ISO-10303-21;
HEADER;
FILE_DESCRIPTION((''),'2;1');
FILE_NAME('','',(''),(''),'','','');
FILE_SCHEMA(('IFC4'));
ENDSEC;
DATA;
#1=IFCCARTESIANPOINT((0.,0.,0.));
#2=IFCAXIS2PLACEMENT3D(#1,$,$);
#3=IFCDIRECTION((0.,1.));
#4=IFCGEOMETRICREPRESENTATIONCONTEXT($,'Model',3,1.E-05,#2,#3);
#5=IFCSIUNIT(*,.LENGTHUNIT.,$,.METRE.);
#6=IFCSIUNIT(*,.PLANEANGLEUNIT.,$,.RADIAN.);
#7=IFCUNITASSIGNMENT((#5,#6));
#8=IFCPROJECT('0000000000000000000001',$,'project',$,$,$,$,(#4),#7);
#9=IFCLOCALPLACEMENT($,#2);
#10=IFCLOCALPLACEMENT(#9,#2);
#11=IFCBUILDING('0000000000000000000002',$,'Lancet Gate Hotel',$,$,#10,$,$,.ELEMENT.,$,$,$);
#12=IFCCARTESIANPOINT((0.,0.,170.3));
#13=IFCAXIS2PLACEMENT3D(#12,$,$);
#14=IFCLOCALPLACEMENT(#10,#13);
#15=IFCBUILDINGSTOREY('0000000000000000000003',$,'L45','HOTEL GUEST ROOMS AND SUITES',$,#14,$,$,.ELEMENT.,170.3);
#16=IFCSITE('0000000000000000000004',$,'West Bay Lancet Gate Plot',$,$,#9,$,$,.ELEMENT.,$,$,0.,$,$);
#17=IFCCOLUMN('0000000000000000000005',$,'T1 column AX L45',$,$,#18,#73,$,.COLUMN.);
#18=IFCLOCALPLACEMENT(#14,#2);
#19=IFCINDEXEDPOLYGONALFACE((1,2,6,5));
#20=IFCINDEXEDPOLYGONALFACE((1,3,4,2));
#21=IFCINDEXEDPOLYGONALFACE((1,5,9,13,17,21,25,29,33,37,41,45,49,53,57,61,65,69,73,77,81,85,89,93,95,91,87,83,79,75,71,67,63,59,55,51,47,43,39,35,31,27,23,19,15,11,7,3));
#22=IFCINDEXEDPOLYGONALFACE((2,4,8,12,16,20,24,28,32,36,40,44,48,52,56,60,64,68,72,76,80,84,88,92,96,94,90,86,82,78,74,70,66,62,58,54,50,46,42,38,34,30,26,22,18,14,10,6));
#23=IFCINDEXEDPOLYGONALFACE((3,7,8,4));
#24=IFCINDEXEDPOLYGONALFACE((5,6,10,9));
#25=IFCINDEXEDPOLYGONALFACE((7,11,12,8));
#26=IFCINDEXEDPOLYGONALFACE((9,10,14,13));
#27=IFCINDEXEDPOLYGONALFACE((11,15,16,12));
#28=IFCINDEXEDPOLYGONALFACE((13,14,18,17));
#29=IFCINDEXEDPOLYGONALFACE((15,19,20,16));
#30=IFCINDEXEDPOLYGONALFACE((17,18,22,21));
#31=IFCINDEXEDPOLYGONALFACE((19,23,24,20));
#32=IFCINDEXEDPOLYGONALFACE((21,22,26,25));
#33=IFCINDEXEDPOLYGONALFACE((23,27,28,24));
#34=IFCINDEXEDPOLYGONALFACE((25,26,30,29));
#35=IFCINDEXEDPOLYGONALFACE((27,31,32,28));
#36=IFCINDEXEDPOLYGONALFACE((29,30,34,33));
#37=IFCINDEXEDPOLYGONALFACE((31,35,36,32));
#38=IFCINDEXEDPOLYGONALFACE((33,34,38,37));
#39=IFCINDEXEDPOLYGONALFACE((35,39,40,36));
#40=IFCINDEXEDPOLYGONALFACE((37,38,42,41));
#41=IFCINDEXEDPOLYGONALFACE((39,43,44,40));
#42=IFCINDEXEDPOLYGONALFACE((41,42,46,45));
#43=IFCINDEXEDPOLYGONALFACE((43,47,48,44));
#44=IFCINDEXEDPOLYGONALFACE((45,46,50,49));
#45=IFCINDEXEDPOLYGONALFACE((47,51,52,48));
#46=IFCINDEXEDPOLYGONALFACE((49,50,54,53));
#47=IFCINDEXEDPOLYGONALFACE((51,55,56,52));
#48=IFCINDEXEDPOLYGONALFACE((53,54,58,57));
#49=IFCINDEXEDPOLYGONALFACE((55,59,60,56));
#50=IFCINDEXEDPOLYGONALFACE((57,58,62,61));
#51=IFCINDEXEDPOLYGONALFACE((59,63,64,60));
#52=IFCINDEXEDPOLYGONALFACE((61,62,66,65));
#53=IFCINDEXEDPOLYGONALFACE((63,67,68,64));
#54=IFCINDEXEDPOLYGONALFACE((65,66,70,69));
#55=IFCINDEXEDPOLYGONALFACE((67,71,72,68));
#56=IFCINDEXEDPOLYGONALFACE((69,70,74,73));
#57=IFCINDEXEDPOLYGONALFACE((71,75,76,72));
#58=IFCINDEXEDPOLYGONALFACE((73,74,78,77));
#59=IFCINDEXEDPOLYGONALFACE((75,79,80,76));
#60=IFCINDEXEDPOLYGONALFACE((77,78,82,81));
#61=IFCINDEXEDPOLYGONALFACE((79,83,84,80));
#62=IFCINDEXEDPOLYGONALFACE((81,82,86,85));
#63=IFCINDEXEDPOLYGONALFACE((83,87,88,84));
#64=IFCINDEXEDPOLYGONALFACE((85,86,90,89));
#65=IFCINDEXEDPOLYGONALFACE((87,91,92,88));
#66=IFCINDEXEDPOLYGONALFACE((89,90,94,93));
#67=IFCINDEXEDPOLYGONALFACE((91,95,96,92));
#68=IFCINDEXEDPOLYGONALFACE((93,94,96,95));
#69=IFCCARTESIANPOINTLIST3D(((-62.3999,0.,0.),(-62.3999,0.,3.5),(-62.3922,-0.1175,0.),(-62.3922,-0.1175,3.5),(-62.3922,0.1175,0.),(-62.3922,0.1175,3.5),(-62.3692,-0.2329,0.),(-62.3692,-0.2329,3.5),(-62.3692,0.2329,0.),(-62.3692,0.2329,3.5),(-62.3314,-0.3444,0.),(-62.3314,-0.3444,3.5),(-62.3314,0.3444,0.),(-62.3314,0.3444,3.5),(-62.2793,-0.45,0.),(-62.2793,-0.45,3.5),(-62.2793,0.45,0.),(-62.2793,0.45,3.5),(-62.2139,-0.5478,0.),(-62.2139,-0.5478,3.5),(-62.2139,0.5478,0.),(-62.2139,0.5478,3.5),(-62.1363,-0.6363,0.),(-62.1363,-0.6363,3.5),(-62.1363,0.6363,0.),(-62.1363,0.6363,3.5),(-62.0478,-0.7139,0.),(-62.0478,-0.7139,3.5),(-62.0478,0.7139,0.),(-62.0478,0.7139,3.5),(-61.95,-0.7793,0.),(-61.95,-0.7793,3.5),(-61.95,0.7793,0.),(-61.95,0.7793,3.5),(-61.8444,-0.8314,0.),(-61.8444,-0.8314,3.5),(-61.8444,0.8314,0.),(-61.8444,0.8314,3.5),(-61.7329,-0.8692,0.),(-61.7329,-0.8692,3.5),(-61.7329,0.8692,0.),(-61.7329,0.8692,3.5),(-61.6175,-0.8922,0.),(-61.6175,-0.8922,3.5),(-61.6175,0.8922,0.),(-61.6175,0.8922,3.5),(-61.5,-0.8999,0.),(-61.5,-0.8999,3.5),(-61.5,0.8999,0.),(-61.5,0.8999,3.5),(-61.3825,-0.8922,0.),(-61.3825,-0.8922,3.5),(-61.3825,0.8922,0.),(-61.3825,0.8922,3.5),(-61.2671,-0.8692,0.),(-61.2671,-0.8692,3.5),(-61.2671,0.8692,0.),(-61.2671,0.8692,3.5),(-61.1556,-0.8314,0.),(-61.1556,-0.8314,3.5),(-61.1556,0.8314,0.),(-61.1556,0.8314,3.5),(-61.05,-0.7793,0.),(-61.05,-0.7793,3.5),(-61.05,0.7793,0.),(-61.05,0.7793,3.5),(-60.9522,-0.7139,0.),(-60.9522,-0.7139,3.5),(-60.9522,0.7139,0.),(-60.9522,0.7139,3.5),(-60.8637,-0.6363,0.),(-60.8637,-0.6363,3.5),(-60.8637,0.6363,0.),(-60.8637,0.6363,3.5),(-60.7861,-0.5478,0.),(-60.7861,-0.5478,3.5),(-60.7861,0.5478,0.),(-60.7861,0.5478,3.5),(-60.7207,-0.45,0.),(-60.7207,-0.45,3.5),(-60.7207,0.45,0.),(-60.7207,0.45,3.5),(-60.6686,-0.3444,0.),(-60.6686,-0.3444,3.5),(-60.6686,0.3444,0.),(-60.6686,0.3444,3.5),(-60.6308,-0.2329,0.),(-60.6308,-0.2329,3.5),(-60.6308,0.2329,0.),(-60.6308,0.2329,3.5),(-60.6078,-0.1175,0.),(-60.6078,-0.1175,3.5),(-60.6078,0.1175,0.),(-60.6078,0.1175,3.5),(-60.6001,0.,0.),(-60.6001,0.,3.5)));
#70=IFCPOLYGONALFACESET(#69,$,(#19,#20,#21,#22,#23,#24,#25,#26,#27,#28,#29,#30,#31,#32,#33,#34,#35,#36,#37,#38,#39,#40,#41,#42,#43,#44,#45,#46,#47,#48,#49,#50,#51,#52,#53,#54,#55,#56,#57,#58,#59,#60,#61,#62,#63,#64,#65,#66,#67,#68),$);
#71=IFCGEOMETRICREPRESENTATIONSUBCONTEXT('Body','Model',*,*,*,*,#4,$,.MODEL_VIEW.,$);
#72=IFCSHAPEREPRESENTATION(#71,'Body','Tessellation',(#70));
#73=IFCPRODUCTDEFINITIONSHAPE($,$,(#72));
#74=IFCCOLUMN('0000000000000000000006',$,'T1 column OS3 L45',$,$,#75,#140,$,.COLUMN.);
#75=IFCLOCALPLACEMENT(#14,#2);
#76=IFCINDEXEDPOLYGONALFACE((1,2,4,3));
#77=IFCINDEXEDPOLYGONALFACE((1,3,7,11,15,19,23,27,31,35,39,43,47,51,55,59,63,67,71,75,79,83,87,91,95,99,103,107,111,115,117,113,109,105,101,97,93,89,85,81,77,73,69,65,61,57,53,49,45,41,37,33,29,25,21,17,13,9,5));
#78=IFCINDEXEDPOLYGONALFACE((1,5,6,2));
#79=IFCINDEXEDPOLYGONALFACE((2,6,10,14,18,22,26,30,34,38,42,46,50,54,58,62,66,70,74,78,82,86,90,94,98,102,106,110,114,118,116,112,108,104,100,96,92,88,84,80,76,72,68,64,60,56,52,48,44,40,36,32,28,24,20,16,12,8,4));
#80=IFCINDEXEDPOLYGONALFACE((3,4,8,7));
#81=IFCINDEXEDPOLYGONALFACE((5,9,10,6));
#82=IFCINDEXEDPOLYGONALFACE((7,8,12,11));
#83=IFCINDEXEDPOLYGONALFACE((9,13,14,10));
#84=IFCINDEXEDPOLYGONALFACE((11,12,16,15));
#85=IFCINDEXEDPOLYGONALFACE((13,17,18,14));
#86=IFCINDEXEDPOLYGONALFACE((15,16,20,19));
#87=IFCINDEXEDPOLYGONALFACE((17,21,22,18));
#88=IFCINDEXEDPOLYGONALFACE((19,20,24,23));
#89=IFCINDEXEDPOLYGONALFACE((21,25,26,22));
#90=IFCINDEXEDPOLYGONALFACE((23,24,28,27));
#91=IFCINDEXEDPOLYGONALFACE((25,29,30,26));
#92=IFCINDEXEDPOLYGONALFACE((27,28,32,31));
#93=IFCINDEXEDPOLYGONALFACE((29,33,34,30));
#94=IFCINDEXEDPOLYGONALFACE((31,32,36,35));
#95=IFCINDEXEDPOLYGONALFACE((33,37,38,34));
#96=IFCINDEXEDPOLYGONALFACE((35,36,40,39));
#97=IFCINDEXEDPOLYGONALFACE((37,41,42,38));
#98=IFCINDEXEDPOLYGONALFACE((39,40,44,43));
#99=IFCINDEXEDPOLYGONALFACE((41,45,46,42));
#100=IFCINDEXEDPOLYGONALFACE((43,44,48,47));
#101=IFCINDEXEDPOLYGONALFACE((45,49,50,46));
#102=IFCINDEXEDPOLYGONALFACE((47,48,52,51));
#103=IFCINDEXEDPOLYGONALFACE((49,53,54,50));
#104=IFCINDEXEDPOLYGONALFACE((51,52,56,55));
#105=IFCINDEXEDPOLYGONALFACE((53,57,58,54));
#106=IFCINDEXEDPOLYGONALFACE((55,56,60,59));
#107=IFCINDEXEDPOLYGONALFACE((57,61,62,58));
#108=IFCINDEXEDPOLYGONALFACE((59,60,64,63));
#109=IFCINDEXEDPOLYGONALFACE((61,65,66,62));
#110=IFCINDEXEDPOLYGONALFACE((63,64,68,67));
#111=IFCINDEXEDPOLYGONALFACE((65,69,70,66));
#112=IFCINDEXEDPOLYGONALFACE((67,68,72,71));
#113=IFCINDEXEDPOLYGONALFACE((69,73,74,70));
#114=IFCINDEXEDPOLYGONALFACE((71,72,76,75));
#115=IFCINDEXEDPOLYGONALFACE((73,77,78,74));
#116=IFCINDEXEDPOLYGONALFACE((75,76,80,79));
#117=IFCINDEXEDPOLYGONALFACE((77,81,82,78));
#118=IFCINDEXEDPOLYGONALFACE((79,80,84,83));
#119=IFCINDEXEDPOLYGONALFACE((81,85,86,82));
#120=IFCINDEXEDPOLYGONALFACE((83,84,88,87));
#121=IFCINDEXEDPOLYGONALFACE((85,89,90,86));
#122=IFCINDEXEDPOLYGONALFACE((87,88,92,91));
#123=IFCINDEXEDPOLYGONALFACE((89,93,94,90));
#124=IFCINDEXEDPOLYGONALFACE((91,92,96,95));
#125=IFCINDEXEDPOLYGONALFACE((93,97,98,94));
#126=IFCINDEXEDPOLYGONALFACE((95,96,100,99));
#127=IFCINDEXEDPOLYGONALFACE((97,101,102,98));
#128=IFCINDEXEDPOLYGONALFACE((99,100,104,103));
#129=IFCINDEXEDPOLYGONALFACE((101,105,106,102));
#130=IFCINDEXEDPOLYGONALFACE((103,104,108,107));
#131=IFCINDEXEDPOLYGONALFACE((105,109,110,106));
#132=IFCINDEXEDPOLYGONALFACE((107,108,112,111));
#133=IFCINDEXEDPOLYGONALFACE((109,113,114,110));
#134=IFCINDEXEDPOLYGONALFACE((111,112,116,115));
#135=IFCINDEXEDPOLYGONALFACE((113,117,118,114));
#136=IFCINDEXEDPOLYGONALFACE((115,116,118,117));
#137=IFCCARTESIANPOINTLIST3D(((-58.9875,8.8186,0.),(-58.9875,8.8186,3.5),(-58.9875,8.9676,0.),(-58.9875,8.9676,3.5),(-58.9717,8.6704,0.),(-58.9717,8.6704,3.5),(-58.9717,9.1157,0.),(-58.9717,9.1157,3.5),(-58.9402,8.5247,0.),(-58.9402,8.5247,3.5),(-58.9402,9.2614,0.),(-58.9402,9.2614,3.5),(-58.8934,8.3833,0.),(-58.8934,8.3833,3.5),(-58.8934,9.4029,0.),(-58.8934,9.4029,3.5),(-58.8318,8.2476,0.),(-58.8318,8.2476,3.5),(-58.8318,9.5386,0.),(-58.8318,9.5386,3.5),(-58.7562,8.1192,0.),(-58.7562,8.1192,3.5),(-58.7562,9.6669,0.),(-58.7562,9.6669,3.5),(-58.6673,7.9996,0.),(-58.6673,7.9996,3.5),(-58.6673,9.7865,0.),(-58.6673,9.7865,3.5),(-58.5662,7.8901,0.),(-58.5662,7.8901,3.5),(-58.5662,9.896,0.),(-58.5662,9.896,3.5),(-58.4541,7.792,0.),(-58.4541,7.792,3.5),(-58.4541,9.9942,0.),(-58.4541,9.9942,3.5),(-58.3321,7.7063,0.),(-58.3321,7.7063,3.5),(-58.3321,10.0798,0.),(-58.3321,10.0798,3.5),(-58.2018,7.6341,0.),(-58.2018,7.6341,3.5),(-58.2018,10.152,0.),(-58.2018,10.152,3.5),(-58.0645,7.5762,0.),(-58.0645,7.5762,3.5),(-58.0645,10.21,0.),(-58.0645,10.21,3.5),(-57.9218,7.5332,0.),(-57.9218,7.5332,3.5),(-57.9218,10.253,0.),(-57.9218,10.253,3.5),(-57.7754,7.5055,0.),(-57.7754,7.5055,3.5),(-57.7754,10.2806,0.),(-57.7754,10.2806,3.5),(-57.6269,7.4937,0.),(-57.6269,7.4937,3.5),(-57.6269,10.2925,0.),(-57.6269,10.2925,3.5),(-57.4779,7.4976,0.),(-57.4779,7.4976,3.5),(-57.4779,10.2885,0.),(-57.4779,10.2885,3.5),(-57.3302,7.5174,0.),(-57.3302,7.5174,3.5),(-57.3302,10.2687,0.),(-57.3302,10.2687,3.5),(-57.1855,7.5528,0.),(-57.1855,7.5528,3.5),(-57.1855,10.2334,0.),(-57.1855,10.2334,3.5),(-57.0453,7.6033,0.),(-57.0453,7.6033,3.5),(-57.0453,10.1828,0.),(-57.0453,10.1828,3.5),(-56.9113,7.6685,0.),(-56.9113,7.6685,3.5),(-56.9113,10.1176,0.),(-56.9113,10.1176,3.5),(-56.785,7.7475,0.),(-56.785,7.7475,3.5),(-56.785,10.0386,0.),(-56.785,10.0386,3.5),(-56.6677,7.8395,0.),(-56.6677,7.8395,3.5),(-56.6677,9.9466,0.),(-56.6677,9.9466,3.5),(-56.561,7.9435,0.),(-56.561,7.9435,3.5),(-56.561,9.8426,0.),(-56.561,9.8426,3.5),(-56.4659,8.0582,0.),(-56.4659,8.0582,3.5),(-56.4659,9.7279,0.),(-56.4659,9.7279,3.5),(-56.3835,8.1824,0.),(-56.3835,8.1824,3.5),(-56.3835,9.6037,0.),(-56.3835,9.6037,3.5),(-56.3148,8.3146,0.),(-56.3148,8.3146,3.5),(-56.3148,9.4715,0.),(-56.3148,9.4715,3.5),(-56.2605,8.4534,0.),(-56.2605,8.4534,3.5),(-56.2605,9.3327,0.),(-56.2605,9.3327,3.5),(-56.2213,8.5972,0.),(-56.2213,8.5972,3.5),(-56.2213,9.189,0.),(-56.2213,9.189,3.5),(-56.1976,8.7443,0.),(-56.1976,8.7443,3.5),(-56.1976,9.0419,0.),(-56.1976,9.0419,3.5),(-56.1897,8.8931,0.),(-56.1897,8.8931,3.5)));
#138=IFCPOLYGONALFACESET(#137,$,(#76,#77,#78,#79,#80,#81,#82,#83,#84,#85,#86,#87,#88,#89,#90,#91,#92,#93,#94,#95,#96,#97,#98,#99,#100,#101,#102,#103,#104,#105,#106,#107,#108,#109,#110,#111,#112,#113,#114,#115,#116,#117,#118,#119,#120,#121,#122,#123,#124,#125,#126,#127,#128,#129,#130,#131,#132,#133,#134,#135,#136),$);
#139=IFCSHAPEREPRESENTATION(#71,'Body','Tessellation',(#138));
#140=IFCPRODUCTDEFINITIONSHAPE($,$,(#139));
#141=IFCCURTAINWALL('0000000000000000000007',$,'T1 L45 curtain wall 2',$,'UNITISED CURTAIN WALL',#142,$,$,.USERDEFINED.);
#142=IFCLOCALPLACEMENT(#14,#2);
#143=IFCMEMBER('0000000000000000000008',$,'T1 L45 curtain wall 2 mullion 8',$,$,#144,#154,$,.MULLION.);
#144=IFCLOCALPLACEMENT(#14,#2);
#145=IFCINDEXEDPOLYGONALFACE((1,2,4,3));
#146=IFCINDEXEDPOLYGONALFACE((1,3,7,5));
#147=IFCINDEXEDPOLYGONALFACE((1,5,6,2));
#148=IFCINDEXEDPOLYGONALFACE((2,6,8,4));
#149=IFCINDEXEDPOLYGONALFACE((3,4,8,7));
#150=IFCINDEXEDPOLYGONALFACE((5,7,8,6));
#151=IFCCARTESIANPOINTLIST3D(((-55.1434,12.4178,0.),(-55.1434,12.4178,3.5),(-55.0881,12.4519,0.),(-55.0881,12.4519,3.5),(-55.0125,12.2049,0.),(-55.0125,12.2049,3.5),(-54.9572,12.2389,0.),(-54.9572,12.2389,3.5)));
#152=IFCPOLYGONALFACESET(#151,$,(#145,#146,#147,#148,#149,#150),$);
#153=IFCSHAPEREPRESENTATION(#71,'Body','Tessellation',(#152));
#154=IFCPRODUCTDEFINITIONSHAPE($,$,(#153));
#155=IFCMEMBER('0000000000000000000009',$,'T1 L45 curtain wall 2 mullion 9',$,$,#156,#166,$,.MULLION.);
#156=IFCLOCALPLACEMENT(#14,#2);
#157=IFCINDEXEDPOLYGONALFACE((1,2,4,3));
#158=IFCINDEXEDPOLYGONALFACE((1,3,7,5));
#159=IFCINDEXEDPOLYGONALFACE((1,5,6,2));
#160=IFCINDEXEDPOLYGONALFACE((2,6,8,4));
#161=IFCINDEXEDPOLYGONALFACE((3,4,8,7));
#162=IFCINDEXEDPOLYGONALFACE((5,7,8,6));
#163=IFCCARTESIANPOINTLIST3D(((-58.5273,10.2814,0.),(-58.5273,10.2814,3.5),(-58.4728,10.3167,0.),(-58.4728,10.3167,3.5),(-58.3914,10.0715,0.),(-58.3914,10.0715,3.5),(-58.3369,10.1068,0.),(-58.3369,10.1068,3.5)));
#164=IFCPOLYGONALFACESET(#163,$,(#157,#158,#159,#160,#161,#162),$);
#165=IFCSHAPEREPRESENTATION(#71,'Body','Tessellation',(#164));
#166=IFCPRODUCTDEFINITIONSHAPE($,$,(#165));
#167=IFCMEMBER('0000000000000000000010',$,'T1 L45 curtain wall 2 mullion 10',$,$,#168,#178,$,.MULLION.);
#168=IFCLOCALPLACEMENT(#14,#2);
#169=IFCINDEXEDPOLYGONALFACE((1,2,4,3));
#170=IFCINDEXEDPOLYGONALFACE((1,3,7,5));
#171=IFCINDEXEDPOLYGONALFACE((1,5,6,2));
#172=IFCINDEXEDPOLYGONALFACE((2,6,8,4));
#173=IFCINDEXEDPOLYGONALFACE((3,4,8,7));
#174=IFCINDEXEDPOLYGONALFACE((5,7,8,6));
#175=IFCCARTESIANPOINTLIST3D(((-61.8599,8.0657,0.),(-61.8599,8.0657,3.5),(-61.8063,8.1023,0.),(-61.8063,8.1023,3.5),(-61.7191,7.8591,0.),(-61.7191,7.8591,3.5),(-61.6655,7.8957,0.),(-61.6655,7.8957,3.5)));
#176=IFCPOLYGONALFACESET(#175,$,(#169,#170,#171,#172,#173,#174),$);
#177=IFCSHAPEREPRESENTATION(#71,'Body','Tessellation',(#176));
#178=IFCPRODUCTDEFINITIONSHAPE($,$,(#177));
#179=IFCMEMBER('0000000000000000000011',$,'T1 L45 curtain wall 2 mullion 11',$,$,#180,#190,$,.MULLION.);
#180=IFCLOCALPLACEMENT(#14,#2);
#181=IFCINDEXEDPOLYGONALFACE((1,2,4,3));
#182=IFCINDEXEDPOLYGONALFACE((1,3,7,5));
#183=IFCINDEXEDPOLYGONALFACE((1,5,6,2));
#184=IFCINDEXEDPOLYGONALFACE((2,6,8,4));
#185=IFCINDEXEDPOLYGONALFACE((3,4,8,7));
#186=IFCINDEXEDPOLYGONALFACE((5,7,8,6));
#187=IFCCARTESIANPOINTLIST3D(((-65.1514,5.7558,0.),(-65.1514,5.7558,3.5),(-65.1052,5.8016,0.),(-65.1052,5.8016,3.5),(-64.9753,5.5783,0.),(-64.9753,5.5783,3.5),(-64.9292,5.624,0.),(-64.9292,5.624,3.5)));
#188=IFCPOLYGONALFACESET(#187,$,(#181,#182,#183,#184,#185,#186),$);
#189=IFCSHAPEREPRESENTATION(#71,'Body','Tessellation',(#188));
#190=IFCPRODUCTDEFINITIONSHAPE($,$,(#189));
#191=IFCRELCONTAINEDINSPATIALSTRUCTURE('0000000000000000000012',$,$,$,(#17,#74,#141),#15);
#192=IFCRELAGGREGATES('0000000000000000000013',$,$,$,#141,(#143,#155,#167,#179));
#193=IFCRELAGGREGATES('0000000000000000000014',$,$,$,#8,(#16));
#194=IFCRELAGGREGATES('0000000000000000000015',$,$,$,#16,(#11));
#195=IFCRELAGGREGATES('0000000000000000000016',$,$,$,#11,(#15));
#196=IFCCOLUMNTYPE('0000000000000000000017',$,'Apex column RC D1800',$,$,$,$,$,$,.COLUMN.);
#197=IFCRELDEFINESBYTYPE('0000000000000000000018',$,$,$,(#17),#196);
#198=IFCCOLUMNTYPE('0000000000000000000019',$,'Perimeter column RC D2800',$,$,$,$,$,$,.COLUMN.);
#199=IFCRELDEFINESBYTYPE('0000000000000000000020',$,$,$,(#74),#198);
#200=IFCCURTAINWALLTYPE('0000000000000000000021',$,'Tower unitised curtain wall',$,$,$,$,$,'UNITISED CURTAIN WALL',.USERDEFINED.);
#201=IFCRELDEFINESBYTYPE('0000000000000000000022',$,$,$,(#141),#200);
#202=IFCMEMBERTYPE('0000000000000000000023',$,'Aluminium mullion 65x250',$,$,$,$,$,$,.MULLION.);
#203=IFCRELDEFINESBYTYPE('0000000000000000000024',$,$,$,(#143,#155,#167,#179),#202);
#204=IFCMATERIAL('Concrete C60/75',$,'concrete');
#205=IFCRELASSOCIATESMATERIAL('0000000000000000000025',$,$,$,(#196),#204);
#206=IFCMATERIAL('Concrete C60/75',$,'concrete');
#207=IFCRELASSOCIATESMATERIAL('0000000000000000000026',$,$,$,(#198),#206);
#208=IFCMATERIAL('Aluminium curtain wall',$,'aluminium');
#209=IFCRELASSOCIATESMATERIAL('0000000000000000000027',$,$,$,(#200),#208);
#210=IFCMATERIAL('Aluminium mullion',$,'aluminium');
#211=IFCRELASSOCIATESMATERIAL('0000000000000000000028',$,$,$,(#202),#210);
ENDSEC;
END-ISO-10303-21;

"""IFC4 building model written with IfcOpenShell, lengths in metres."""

from ifc_helpers import new_model, si_unit, direction, frame, origin, origin_2d, place, context, subcontext, project, spatial, rectangle, circle, extrude, material, material_profile, profile_set, type_object, element, aggregate, save


model = new_model("IFC4")

# Units and contexts
model_context = context("Model", 3, precision=1e-05, world=origin(), true_north=direction((0.0, 1.0)))
body_context = subcontext(model_context, "Body", "Model", "MODEL_VIEW")
ifc_project = project(units=[si_unit("LENGTHUNIT", "METRE"), si_unit("PLANEANGLEUNIT", "RADIAN")], contexts=[model_context])

# Site, building, storey
site_placement = place(None, origin())
site = spatial("IfcSite", under=ifc_project, at=site_placement, Name="West Bay Lancet Gate Plot", CompositionType="ELEMENT", RefElevation=0.0)
building_placement = place(site_placement, origin())
building = spatial("IfcBuilding", under=site, at=building_placement, Name="Lancet Gate Hotel", CompositionType="ELEMENT")
storey_placement = place(building_placement, frame((0.0, 0.0, 170.3)))
storey = spatial("IfcBuildingStorey", under=building, at=storey_placement, Name="L45", Description="HOTEL GUEST ROOMS AND SUITES", CompositionType="ELEMENT", Elevation=170.3)

# Columns
ifc_material_1 = material(Name="Concrete C60/75", Category="concrete")
ifc_material_profile_1 = material_profile(ifc_material_1, circle(Radius=0.8999, at=origin_2d()), Name="RC D1800")
ifc_profile_set_1 = profile_set([ifc_material_profile_1], Name="Concrete C60/75")
column_type_1 = type_object("IfcColumnType", Name="Apex column RC D1800", PredefinedType="COLUMN", material=ifc_profile_set_1)
column_1_placement = place(storey_placement, frame((-61.5, 0.0, 0.0), z_axis=(0.0, 0.0, 1.0), x_axis=(1.0, 0.0, 0.0)))
element("IfcColumn", 1, at=column_1_placement, inside=storey, type_object=column_type_1, Name="T1 column AX L45", PredefinedType="COLUMN", context=body_context, shape_type="SweptSolid", body=[
    extrude(circle(Radius=0.8999, at=origin_2d()), origin(), (0.0, 0.0, 1.0), 3.5),
])
ifc_material_2 = material(Name="Concrete C60/75", Category="concrete")
ifc_material_profile_2 = material_profile(ifc_material_2, circle(Radius=1.3999, at=origin_2d()), Name="RC D2800")
ifc_profile_set_2 = profile_set([ifc_material_profile_2], Name="Concrete C60/75")
column_type_2 = type_object("IfcColumnType", Name="Perimeter column RC D2800", PredefinedType="COLUMN", material=ifc_profile_set_2)
column_2_placement = place(storey_placement, frame((-57.5896, 8.8931, 0.0), z_axis=(0.0, 0.0, 1.0), x_axis=(1.0, 0.0, 0.0)))
element("IfcColumn", 2, at=column_2_placement, inside=storey, type_object=column_type_2, Name="T1 column OS3 L45", PredefinedType="COLUMN", context=body_context, shape_type="SweptSolid", body=[
    extrude(circle(Radius=1.3999, at=origin_2d()), origin(), (0.0, 0.0, 1.0), 3.5),
])

# Curtain wall, members
ifc_material_3 = material(Name="Aluminium curtain wall", Category="aluminium")
curtain_wall_type = type_object("IfcCurtainWallType", Name="Tower unitised curtain wall", ElementType="UNITISED CURTAIN WALL", PredefinedType="USERDEFINED", material=ifc_material_3)
curtain_wall_placement = place(storey_placement, origin())
curtain_wall = element("IfcCurtainWall", 3, at=curtain_wall_placement, inside=storey, type_object=curtain_wall_type, Name="T1 L45 curtain wall 2", ObjectType="UNITISED CURTAIN WALL", PredefinedType="USERDEFINED")
ifc_material_4 = material(Name="Aluminium mullion", Category="aluminium")
ifc_material_profile_3 = material_profile(ifc_material_4, rectangle(XDim=0.0649, YDim=0.25, at=origin_2d()), Name="MULLION 65x250")
ifc_profile_set_3 = profile_set([ifc_material_profile_3], Name="Aluminium mullion")
member_type_1 = type_object("IfcMemberType", Name="Aluminium mullion 65x250", PredefinedType="MULLION", material=ifc_profile_set_3)
member_1_placement = place(storey_placement, frame((-55.0503, 12.3284, 0.0), z_axis=(0.0, 0.0, 1.0), x_axis=(-0.851886, -0.523728, 0.0)))
member_1 = element("IfcMember", 4, at=member_1_placement, type_object=member_type_1, Name="T1 L45 curtain wall 2 mullion 8", PredefinedType="MULLION", context=body_context, shape_type="SweptSolid", body=[
    extrude(rectangle(XDim=0.0649, YDim=0.25, at=origin_2d()), origin(), (0.0, 0.0, 1.0), 3.5),
])
member_2_placement = place(storey_placement, frame((-58.4321, 10.1941, 0.0), z_axis=(0.0, 0.0, 1.0), x_axis=(-0.839331, -0.543621, 0.0)))
member_2 = element("IfcMember", 5, at=member_2_placement, type_object=member_type_1, Name="T1 L45 curtain wall 2 mullion 9", PredefinedType="MULLION", context=body_context, shape_type="SweptSolid", body=[
    extrude(rectangle(XDim=0.0649, YDim=0.25, at=origin_2d()), origin(), (0.0, 0.0, 1.0), 3.5),
])
member_3_placement = place(storey_placement, frame((-61.7627, 7.9807, 0.0), z_axis=(0.0, 0.0, 1.0), x_axis=(-0.826312, -0.563212, 0.0)))
member_3 = element("IfcMember", 6, at=member_3_placement, type_object=member_type_1, Name="T1 L45 curtain wall 2 mullion 10", PredefinedType="MULLION", context=body_context, shape_type="SweptSolid", body=[
    extrude(rectangle(XDim=0.0649, YDim=0.25, at=origin_2d()), origin(), (0.0, 0.0, 1.0), 3.5),
])
member_4_placement = place(storey_placement, frame((-65.0403, 5.6899, 0.0), z_axis=(0.0, 0.0, 1.0), x_axis=(-0.710113, -0.704088, 0.0)))
member_4 = element("IfcMember", 7, at=member_4_placement, type_object=member_type_1, Name="T1 L45 curtain wall 2 mullion 11", PredefinedType="MULLION", context=body_context, shape_type="SweptSolid", body=[
    extrude(rectangle(XDim=0.0649, YDim=0.25, at=origin_2d()), origin(), (0.0, 0.0, 1.0), 3.5),
])

aggregate(curtain_wall, [member_1, member_2, member_3, member_4])

save(model, "model.ifc")
